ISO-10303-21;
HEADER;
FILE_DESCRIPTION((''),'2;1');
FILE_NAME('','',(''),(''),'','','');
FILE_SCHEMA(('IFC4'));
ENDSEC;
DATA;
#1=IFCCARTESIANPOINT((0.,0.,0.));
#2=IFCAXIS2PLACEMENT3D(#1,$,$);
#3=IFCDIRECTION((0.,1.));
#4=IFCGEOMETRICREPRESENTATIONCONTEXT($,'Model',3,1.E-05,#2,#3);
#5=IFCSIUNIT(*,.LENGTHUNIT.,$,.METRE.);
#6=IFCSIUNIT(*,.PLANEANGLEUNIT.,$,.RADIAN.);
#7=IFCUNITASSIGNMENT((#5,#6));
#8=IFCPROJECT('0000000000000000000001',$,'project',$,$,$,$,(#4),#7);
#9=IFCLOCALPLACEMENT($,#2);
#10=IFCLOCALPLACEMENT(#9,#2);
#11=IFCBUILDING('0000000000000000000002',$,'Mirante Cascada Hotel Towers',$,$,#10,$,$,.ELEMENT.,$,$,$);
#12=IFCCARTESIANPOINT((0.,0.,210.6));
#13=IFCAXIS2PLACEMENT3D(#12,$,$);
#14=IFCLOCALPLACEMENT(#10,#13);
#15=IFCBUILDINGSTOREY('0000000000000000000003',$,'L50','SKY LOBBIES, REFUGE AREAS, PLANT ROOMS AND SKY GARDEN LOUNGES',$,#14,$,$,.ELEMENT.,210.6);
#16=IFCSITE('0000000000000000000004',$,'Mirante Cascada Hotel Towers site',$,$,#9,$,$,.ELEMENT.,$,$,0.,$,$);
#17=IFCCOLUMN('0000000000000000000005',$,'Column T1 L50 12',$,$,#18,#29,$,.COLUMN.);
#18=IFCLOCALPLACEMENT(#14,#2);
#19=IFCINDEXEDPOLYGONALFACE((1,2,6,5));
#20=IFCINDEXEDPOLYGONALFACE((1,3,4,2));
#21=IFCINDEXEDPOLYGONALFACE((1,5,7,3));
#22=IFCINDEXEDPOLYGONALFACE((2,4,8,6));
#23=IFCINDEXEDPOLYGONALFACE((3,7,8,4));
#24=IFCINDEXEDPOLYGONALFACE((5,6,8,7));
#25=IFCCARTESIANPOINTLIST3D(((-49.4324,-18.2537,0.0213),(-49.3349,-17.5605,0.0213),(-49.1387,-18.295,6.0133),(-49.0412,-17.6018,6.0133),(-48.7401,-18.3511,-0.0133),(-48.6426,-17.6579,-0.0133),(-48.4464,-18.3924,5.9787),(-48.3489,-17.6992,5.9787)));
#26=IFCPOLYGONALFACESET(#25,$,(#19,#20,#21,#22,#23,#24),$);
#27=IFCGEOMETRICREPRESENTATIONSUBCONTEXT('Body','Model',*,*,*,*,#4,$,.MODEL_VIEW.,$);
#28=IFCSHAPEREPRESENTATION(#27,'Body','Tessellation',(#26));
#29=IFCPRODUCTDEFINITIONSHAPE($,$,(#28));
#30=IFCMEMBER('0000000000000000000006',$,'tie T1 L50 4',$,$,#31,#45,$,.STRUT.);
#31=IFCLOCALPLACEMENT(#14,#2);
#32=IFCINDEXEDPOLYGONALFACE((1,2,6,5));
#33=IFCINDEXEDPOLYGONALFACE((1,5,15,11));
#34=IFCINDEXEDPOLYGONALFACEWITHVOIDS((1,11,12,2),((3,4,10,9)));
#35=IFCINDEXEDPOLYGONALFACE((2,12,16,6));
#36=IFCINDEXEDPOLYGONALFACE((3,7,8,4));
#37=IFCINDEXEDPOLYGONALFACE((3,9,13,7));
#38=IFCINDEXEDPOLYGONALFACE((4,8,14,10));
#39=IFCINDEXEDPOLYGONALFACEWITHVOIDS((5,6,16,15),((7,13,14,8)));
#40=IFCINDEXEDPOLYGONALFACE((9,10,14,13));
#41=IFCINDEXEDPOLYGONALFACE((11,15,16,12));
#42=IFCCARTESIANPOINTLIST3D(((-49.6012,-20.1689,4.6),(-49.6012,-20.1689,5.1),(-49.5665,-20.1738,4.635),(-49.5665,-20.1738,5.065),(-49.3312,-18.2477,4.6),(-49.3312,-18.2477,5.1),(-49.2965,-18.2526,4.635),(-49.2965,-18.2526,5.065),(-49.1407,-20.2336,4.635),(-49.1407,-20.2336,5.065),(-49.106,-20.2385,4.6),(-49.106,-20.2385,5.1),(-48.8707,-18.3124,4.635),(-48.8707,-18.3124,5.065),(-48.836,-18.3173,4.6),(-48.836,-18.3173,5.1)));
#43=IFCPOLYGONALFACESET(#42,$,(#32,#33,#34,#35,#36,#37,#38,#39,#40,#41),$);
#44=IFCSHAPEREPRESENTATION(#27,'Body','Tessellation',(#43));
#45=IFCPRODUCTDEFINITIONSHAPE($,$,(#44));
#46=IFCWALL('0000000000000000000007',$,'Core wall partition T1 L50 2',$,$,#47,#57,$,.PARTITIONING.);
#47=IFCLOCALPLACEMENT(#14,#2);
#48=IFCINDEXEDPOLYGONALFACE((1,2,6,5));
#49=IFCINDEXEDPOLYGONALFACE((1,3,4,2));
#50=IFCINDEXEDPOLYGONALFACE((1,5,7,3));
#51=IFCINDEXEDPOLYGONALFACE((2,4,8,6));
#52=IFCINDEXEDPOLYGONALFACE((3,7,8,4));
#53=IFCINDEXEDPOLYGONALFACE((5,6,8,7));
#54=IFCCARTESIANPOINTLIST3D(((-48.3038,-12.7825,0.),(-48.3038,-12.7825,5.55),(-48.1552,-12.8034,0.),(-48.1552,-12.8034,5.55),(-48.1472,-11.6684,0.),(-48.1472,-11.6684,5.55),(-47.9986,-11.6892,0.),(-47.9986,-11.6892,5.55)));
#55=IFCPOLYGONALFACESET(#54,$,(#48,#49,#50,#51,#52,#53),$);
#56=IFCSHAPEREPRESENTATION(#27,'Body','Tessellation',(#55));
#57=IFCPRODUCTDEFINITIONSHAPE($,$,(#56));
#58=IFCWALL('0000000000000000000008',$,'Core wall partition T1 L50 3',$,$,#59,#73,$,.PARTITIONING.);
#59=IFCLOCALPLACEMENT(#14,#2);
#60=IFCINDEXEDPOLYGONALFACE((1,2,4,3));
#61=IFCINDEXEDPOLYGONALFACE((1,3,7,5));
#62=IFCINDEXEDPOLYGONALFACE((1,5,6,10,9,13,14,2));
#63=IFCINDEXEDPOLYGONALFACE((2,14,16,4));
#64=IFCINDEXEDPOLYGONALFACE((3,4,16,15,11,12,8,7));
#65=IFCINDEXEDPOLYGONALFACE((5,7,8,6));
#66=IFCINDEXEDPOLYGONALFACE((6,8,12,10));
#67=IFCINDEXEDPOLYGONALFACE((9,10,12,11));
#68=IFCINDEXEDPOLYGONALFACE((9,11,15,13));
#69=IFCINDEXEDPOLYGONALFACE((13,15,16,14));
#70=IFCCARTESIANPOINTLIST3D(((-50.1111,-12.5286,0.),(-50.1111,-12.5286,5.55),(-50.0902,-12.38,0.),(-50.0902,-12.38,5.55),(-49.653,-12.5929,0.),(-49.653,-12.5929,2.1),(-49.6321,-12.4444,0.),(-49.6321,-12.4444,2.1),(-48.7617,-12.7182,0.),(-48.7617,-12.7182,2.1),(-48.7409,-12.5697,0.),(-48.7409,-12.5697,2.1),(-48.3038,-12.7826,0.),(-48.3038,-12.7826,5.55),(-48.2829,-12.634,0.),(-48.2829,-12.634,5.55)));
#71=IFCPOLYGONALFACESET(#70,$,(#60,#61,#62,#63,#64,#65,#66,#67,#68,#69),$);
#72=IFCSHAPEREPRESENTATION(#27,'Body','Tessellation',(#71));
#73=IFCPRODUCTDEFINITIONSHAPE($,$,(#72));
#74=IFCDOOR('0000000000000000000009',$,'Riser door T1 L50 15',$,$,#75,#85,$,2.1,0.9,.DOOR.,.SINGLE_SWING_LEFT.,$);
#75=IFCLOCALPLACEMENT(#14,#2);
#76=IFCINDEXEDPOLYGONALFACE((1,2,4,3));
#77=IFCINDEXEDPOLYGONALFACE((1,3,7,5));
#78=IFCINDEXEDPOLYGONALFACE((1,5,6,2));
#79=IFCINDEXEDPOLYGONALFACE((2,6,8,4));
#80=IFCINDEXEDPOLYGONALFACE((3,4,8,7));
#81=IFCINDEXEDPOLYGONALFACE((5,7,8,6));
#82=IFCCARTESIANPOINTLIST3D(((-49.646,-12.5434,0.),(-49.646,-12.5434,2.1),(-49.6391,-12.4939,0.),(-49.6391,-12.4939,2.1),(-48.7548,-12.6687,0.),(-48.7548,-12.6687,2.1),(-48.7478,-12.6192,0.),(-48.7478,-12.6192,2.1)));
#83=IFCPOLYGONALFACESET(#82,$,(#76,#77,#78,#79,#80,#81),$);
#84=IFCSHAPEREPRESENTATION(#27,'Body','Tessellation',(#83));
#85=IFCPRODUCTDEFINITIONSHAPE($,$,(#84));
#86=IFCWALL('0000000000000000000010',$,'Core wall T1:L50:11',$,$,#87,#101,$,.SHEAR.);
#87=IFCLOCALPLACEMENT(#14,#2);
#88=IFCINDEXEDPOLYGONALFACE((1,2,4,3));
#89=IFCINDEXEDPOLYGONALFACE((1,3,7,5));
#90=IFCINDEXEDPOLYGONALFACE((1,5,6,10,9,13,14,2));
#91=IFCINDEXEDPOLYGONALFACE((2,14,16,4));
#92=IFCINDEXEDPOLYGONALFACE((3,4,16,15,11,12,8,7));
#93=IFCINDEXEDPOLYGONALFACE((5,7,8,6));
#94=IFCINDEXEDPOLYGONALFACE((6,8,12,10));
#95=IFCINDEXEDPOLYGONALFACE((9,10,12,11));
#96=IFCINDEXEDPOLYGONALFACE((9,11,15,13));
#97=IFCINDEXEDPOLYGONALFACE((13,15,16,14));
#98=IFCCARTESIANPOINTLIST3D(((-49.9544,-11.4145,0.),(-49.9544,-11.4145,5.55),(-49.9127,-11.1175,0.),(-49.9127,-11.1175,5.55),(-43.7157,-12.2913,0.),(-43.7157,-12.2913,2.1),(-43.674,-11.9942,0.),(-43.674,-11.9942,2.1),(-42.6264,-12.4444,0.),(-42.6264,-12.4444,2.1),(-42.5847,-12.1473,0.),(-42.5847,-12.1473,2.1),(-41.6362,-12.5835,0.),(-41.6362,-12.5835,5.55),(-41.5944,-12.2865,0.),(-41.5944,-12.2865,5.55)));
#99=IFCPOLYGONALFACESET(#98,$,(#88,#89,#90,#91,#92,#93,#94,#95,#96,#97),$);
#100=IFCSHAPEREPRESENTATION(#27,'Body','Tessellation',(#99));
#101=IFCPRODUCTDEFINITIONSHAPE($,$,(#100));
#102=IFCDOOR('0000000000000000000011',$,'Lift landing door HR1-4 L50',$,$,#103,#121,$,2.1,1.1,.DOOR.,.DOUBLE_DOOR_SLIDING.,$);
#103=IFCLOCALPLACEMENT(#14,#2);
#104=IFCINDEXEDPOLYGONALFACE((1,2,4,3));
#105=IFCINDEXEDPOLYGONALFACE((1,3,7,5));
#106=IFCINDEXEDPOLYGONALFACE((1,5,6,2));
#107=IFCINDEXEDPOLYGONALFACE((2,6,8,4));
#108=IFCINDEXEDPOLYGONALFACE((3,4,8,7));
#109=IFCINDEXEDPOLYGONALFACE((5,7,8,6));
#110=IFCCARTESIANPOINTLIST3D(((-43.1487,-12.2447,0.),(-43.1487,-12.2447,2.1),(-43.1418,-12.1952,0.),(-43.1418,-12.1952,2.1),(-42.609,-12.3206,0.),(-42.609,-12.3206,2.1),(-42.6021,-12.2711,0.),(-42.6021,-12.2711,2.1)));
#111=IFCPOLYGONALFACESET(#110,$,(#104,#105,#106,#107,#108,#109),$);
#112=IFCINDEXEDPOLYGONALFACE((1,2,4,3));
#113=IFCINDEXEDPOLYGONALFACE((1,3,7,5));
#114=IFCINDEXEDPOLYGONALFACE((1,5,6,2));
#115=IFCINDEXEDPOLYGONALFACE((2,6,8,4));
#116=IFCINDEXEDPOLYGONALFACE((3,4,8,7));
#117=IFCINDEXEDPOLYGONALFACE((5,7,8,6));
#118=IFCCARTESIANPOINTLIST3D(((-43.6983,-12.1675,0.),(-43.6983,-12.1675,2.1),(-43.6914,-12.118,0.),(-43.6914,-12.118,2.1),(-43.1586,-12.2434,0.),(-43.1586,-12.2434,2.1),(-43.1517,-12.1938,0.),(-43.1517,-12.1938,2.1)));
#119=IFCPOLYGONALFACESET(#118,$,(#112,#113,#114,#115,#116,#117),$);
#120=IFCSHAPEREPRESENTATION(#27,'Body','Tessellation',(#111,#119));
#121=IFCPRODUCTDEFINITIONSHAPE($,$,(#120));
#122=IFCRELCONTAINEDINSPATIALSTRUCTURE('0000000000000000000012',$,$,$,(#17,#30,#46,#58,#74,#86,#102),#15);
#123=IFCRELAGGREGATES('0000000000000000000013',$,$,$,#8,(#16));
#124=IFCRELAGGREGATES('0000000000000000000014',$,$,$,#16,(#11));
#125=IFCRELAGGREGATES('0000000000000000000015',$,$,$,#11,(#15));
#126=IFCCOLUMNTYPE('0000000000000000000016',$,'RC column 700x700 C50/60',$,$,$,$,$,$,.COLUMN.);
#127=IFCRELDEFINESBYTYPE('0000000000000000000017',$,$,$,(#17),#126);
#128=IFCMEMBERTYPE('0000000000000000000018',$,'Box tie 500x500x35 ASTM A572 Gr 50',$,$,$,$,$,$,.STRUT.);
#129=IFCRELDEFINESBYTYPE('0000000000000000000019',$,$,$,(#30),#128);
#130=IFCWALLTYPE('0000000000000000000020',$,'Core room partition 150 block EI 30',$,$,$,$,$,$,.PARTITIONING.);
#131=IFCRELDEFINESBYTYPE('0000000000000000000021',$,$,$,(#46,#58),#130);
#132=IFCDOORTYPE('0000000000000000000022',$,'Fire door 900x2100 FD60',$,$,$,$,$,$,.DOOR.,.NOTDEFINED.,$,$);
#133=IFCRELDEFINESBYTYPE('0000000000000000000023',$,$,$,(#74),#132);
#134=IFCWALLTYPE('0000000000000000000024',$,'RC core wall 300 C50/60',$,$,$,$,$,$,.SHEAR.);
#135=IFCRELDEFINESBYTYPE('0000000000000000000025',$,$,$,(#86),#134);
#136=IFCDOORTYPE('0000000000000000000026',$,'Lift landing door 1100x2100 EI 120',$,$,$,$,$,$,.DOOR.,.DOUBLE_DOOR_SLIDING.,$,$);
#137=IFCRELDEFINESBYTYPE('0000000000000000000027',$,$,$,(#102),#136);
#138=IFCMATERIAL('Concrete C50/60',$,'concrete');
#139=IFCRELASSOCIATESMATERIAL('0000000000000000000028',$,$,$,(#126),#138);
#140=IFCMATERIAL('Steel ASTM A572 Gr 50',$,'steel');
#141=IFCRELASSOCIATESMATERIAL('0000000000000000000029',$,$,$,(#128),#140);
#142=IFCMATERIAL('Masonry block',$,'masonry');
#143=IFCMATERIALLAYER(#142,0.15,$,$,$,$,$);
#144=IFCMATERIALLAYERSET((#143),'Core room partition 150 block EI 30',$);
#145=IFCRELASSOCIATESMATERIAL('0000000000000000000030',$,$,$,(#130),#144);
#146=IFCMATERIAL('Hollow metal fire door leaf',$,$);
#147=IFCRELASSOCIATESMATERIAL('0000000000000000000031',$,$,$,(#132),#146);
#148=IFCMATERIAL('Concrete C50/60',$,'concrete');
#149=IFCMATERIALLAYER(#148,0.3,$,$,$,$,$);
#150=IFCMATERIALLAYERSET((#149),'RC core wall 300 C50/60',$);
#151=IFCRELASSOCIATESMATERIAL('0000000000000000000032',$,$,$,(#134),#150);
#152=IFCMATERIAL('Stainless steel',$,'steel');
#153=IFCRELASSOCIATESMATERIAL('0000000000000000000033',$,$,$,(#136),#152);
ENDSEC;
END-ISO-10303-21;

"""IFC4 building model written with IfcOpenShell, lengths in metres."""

from ifc_helpers import new_model, si_unit, direction, frame, frame_2d, origin, origin_2d, place, context, subcontext, project, spatial, rectangle, hollow_rectangle, extrude, material, layer, layer_set, material_profile, profile_set, type_object, element, fill, save


model = new_model("IFC4")

# Units and contexts
model_context = context("Model", 3, precision=1e-05, world=origin(), true_north=direction((0.0, 1.0)))
body_context = subcontext(model_context, "Body", "Model", "MODEL_VIEW")
ifc_project = project(units=[si_unit("LENGTHUNIT", "METRE"), si_unit("PLANEANGLEUNIT", "RADIAN")], contexts=[model_context])

# Site, building, storey
site_placement = place(None, origin())
site = spatial("IfcSite", under=ifc_project, at=site_placement, Name="Mirante Cascada Hotel Towers site", CompositionType="ELEMENT", RefElevation=0.0)
building_placement = place(site_placement, origin())
building = spatial("IfcBuilding", under=site, at=building_placement, Name="Mirante Cascada Hotel Towers", CompositionType="ELEMENT")
storey_placement = place(building_placement, frame((0.0, 0.0, 210.6)))
storey = spatial("IfcBuildingStorey", under=building, at=storey_placement, Name="L50", Description="SKY LOBBIES, REFUGE AREAS, PLANT ROOMS AND SKY GARDEN LOUNGES", CompositionType="ELEMENT", Elevation=210.6)

# Column
ifc_material_1 = material(Name="Concrete C50/60", Category="concrete")
ifc_material_profile_1 = material_profile(ifc_material_1, rectangle(XDim=0.7, YDim=0.7, at=origin_2d()), Name="RC column 700x700 C50/60")
ifc_profile_set_1 = profile_set([ifc_material_profile_1], Name="Concrete C50/60")
column_type = type_object("IfcColumnType", Name="RC column 700x700 C50/60", PredefinedType="COLUMN", material=ifc_profile_set_1)
column_placement = place(storey_placement, frame((-49.0375, -17.9558, 0.004), z_axis=(0.048955, -0.006884, 0.998777), x_axis=(0.13925, 0.990257, 0.0)))
element("IfcColumn", 1, at=column_placement, inside=storey, type_object=column_type, Name="Column T1 L50 12", PredefinedType="COLUMN", context=body_context, shape_type="SweptSolid", body=[
    extrude(rectangle(XDim=0.7, YDim=0.7, at=origin_2d()), origin(), (0.0, 0.0, 1.0), 5.9993),
])

# Member
ifc_material_2 = material(Name="Steel ASTM A572 Gr 50", Category="steel")
ifc_material_profile_2 = material_profile(ifc_material_2, hollow_rectangle(XDim=0.5, YDim=0.5, WallThickness=0.035, at=origin_2d()), Name="Box tie 500x500x35 ASTM A572 Gr 50")
ifc_profile_set_2 = profile_set([ifc_material_profile_2], Name="Steel ASTM A572 Gr 50")
member_type = type_object("IfcMemberType", Name="Box tie 500x500x35 ASTM A572 Gr 50", PredefinedType="STRUT", material=ifc_profile_set_2)
member_placement = place(storey_placement, frame((-49.0836, -18.2825, 4.85), z_axis=(-0.13917, -0.990269, 0.0), x_axis=(0.990269, -0.13917, 0.0)))
element("IfcMember", 2, at=member_placement, inside=storey, type_object=member_type, Name="tie T1 L50 4", PredefinedType="STRUT", context=body_context, shape_type="SweptSolid", body=[
    extrude(hollow_rectangle(XDim=0.5, YDim=0.5, WallThickness=0.035, at=origin_2d()), origin(), (0.0, 0.0, 1.0), 1.9401),
])

# Wall
ifc_material_3 = material(Name="Masonry block", Category="masonry")
ifc_layer_1 = layer(ifc_material_3, 0.15)
ifc_layer_set_1 = layer_set([ifc_layer_1], Name="Core room partition 150 block EI 30")
wall_type_1 = type_object("IfcWallType", Name="Core room partition 150 block EI 30", PredefinedType="PARTITIONING", material=ifc_layer_set_1)
wall_1_placement = place(storey_placement, frame((-48.2295, -12.793, 0.0), z_axis=(0.0, 0.0, 1.0), x_axis=(0.139193, 0.990265, 0.0)))
element("IfcWall", 3, at=wall_1_placement, inside=storey, type_object=wall_type_1, Name="Core wall partition T1 L50 2", PredefinedType="PARTITIONING", context=body_context, shape_type="SweptSolid", body=[
    extrude(rectangle(XDim=1.1251, YDim=0.15, at=frame_2d((0.5626, 0.0))), origin(), (0.0, 0.0, 1.0), 5.55),
])

# Walls, openings, doors
wall_2_placement = place(storey_placement, frame((-48.2933, -12.7083, 0.0), z_axis=(0.0, 0.0, 1.0), x_axis=(-0.990268, 0.139173, 0.0)))
wall_2 = element("IfcWall", 4, at=wall_2_placement, inside=storey, type_object=wall_type_1, Name="Core wall partition T1 L50 3", PredefinedType="PARTITIONING", context=body_context, shape_type="SweptSolid", body=[
    extrude(rectangle(XDim=1.8251, YDim=0.15, at=frame_2d((0.9126, 0.0))), origin(), (0.0, 0.0, 1.0), 5.55),
])
opening_1_placement = place(wall_2_placement, frame((0.4625, 0.0, 0.0)))
opening_1 = element("IfcOpeningElement", 5, at=opening_1_placement, cuts=wall_2, PredefinedType="OPENING", context=body_context, shape_type="SweptSolid", body=[
    extrude(rectangle(XDim=0.9, YDim=2.1, at=frame_2d((0.45, 1.05))), frame((0.0, 0.075, 0.0), z_axis=(0.0, -1.0, 0.0), x_axis=(1.0, 0.0, 0.0)), (0.0, 0.0, 1.0), 0.15),
])
ifc_material_4 = material(Name="Hollow metal fire door leaf")
door_type_1 = type_object("IfcDoorType", Name="Fire door 900x2100 FD60", OperationType="NOTDEFINED", PredefinedType="DOOR", material=ifc_material_4)
door_1_placement = place(opening_1_placement, origin())
door_1 = element("IfcDoor", 6, at=door_1_placement, inside=storey, type_object=door_type_1, Name="Riser door T1 L50 15", OperationType="SINGLE_SWING_LEFT", OverallHeight=2.1, OverallWidth=0.9, PredefinedType="DOOR", context=body_context, shape_type="SweptSolid", body=[
    extrude(rectangle(XDim=0.9, YDim=2.1, at=frame_2d((0.45, 1.05))), frame((0.0, 0.025, 0.0), z_axis=(0.0, -1.0, 0.0), x_axis=(1.0, 0.0, 0.0)), (0.0, 0.0, 1.0), 0.05),
])
fill(opening_1, door_1)
ifc_material_5 = material(Name="Concrete C50/60", Category="concrete")
ifc_layer_2 = layer(ifc_material_5, 0.3)
ifc_layer_set_2 = layer_set([ifc_layer_2], Name="RC core wall 300 C50/60")
wall_type_2 = type_object("IfcWallType", Name="RC core wall 300 C50/60", PredefinedType="SHEAR", material=ifc_layer_set_2)
wall_3_placement = place(storey_placement, frame((-41.6153, -12.435, 0.0), z_axis=(0.0, 0.0, 1.0), x_axis=(-0.990269, 0.139166, 0.0)))
wall_3 = element("IfcWall", 7, at=wall_3_placement, inside=storey, type_object=wall_type_2, Name="Core wall T1:L50:11", PredefinedType="SHEAR", context=body_context, shape_type="SweptSolid", body=[
    extrude(rectangle(XDim=8.4, YDim=0.3, at=frame_2d((4.2, 0.0))), origin(), (0.0, 0.0, 1.0), 5.55),
])
opening_2_placement = place(wall_3_placement, frame((1.0, 0.0, 0.0)))
opening_2 = element("IfcOpeningElement", 8, at=opening_2_placement, cuts=wall_3, PredefinedType="OPENING", context=body_context, shape_type="SweptSolid", body=[
    extrude(rectangle(XDim=1.1, YDim=2.1, at=frame_2d((0.55, 1.05))), frame((0.0, 0.15, 0.0), z_axis=(0.0, -1.0, 0.0), x_axis=(1.0, 0.0, 0.0)), (0.0, 0.0, 1.0), 0.3),
])
ifc_material_6 = material(Name="Stainless steel", Category="steel")
door_type_2 = type_object("IfcDoorType", Name="Lift landing door 1100x2100 EI 120", OperationType="DOUBLE_DOOR_SLIDING", PredefinedType="DOOR", material=ifc_material_6)
door_2_placement = place(opening_2_placement, origin())
door_2 = element("IfcDoor", 9, at=door_2_placement, inside=storey, type_object=door_type_2, Name="Lift landing door HR1-4 L50", OperationType="DOUBLE_DOOR_SLIDING", OverallHeight=2.1, OverallWidth=1.1, PredefinedType="DOOR", context=body_context, shape_type="SweptSolid", body=[
    extrude(rectangle(XDim=0.545, YDim=2.1, at=frame_2d((0.2725, 1.05))), frame((0.0, 0.025, 0.0), z_axis=(0.0, -1.0, 0.0), x_axis=(1.0, 0.0, 0.0)), (0.0, 0.0, 1.0), 0.05),
    extrude(rectangle(XDim=0.545, YDim=2.1, at=frame_2d((0.8275, 1.05))), frame((0.0, 0.025, 0.0), z_axis=(0.0, -1.0, 0.0), x_axis=(1.0, 0.0, 0.0)), (0.0, 0.0, 1.0), 0.05),
])
fill(opening_2, door_2)

save(model, "model.ifc")
